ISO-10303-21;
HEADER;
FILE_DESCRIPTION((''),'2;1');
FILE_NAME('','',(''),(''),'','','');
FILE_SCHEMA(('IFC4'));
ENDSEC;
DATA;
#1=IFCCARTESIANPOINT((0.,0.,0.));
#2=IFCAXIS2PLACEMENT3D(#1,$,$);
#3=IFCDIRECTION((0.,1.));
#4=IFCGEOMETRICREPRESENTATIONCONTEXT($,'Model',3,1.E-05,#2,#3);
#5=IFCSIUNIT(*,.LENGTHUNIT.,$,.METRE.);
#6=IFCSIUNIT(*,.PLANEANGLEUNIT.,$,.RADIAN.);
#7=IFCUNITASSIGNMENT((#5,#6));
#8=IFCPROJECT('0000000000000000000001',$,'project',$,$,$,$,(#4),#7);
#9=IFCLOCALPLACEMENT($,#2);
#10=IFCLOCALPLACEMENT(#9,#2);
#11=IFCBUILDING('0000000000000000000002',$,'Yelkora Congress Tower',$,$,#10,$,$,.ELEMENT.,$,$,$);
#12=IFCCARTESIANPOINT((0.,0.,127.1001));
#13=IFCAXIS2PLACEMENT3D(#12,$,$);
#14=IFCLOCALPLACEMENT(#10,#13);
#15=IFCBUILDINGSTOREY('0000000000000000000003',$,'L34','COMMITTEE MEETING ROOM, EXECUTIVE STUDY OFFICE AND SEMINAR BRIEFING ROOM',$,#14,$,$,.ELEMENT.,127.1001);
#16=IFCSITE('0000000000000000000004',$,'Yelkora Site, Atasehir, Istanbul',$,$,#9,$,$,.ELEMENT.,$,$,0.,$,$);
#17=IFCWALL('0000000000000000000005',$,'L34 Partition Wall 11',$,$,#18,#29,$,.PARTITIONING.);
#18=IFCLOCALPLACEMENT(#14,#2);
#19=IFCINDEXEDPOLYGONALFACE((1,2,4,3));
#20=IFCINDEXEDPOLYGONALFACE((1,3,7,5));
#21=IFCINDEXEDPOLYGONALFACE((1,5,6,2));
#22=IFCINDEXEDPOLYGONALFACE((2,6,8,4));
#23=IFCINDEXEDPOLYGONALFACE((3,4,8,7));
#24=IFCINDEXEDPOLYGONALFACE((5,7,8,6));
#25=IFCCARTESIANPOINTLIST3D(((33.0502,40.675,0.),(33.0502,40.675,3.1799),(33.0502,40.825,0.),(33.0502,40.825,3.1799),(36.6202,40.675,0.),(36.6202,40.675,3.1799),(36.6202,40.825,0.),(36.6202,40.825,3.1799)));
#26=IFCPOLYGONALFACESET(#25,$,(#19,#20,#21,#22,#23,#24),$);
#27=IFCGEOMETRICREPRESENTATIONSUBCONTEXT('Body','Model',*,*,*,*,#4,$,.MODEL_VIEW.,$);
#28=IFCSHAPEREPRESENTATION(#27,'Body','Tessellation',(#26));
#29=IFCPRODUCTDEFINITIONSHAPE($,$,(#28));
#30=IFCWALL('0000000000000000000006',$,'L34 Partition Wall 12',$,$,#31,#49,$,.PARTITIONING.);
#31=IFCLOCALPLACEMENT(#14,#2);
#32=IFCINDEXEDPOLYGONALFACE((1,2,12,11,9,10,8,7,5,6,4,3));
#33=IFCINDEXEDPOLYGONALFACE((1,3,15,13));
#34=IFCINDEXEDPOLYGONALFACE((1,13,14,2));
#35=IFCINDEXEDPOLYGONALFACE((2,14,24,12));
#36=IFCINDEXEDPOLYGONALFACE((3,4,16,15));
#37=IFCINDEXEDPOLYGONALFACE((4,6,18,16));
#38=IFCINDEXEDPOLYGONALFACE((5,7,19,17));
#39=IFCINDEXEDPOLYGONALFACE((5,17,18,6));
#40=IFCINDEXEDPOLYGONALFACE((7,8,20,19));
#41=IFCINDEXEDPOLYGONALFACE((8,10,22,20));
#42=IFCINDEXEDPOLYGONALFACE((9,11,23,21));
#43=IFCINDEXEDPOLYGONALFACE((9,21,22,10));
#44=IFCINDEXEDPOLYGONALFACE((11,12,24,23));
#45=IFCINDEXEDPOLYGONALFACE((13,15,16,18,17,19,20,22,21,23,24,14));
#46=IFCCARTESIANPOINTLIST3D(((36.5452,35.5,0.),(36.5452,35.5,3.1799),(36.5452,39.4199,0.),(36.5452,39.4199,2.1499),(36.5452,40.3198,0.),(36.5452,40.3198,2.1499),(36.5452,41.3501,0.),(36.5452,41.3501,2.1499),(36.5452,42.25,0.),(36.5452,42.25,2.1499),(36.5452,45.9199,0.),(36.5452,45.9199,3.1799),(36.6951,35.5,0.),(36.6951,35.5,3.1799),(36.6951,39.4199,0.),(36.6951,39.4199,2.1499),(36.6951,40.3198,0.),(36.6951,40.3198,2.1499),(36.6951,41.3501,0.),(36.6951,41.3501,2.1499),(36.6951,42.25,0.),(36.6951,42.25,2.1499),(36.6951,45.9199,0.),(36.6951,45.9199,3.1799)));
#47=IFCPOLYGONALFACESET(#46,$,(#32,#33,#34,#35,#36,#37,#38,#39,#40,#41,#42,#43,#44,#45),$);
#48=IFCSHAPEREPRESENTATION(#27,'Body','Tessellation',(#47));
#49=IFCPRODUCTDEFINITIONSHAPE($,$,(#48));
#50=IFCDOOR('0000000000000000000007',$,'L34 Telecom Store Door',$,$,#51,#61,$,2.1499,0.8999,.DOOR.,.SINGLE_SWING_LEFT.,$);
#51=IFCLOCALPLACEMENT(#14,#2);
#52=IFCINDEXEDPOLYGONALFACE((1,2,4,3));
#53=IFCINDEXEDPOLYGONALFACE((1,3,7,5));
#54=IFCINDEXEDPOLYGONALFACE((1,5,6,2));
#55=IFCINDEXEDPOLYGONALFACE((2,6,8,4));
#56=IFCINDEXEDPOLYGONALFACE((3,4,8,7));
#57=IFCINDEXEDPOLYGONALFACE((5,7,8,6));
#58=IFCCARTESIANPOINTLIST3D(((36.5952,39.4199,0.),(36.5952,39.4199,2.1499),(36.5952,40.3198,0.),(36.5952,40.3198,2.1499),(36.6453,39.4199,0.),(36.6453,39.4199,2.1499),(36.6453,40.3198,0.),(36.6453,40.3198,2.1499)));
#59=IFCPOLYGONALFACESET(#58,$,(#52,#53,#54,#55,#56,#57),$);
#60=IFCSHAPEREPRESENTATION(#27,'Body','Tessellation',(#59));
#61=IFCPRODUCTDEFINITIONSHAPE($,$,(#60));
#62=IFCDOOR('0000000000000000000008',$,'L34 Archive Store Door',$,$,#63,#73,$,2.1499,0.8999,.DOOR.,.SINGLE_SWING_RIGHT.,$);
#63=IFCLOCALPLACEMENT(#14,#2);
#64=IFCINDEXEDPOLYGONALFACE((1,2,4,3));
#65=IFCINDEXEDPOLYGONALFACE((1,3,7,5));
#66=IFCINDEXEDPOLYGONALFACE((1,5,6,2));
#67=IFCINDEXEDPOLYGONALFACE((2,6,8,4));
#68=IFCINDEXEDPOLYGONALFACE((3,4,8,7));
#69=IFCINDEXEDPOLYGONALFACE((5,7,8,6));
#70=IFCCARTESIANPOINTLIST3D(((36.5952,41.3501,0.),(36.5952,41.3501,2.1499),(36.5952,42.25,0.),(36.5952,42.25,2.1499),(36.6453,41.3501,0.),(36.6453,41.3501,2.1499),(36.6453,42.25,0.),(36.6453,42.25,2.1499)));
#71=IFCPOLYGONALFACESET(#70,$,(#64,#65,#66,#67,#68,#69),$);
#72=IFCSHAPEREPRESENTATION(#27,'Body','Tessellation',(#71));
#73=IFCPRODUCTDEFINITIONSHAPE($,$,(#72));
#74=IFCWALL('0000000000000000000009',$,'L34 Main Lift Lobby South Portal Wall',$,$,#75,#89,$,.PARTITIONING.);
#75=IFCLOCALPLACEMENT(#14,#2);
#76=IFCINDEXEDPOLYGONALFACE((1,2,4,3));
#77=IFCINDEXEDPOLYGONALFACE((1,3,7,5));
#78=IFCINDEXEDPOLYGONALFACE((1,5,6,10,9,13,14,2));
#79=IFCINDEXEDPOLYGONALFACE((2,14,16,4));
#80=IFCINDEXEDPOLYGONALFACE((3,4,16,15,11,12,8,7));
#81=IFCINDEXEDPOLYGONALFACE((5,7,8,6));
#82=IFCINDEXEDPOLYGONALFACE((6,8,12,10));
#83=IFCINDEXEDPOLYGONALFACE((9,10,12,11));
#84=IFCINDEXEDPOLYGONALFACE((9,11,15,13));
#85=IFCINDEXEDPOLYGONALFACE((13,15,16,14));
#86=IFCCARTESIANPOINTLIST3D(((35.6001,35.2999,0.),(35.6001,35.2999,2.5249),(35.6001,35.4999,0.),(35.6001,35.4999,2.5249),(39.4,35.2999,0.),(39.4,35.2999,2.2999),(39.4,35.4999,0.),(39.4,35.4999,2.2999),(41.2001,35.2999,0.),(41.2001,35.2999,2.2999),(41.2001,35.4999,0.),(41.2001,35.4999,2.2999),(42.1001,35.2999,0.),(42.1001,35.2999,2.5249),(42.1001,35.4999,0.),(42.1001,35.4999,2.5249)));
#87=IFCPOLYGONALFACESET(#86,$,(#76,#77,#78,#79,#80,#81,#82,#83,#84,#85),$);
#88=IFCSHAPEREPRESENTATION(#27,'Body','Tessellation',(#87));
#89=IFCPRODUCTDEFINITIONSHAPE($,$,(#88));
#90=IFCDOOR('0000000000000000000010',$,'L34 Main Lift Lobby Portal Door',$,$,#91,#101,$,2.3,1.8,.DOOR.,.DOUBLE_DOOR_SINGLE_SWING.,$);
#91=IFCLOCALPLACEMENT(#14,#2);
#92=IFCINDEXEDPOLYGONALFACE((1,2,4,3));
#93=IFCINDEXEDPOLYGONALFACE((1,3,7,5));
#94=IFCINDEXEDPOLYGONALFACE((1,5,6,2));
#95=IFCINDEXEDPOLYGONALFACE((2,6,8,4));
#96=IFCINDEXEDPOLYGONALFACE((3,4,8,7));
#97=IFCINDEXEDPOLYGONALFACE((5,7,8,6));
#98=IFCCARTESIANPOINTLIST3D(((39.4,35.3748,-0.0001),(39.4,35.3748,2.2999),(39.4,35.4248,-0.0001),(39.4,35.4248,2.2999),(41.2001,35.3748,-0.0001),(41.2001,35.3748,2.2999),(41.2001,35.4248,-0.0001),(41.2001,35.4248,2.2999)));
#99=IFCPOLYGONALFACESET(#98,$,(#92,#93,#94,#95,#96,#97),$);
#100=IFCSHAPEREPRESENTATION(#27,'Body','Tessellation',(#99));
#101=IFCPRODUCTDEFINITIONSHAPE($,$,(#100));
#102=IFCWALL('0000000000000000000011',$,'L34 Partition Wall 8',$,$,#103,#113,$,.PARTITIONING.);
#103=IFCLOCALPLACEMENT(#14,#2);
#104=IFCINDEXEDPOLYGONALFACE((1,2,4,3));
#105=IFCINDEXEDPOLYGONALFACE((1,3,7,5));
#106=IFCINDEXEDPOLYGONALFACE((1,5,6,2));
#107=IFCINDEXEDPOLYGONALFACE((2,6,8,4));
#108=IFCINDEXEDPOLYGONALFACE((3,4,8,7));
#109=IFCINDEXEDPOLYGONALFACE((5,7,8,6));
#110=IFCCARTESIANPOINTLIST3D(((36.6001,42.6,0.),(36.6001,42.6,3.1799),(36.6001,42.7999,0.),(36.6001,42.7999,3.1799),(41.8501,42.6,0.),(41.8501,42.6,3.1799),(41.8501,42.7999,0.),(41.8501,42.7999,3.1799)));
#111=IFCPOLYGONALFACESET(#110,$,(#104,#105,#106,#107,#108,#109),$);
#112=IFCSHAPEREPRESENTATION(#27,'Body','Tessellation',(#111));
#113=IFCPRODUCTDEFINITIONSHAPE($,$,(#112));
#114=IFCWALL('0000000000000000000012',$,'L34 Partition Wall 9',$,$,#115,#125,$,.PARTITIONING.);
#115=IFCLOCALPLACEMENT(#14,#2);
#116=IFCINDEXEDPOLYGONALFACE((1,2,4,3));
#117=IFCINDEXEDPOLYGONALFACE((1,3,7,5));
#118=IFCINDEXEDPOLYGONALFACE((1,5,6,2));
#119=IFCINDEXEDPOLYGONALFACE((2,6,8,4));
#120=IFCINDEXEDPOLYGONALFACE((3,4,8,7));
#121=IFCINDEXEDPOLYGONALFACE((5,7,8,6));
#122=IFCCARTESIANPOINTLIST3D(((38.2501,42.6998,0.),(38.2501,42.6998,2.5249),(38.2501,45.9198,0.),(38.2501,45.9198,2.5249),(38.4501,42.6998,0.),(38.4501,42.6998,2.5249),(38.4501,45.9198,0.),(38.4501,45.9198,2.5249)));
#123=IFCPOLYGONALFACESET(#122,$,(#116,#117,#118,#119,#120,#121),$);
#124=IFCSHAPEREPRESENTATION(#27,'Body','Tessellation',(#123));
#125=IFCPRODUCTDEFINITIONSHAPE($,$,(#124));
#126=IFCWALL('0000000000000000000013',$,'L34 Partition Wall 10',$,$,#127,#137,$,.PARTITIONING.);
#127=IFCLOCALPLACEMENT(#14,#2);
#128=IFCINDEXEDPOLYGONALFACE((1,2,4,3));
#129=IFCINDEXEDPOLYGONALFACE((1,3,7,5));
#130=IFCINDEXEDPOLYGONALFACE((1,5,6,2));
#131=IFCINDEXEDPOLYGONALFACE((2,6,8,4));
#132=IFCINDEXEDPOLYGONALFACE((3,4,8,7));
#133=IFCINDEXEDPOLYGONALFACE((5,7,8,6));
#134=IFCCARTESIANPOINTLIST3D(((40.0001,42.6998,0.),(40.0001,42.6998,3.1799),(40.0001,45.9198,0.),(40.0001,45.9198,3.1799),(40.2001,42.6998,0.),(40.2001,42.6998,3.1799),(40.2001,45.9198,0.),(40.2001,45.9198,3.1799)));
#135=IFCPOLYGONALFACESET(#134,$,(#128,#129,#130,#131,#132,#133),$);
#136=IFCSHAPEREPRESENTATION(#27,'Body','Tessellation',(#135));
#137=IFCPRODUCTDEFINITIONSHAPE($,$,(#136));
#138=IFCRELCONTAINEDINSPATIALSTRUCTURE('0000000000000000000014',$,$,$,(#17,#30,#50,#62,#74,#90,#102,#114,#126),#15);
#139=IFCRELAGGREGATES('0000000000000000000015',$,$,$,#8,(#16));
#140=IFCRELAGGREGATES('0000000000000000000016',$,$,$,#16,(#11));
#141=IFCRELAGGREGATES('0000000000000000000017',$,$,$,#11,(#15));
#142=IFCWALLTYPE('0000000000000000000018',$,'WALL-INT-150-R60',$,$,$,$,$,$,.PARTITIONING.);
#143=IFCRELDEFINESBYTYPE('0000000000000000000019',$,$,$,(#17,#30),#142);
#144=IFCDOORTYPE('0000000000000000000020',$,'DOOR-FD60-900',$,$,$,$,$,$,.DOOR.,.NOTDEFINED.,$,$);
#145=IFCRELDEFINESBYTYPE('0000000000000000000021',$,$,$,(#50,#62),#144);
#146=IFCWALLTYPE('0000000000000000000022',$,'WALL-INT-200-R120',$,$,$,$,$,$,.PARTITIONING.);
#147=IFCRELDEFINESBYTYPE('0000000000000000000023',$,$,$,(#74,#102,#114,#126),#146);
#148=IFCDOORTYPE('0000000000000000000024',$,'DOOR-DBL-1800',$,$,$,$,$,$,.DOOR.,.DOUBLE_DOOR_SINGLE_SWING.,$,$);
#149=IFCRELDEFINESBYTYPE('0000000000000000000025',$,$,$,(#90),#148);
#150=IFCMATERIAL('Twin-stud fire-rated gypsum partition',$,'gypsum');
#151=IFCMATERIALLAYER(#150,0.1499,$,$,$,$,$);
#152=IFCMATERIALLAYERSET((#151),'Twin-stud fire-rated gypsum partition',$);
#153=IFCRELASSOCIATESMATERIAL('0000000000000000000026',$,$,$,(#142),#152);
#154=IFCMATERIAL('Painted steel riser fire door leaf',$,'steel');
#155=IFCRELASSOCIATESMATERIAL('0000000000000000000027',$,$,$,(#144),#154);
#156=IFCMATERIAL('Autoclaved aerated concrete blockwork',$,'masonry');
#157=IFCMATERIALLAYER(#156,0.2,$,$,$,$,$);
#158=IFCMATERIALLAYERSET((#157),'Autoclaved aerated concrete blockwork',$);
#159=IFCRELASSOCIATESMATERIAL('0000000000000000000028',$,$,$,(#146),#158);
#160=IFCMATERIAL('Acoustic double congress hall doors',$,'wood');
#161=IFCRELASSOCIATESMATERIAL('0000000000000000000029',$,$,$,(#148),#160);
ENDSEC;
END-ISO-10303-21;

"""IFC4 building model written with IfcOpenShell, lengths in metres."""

from ifc_helpers import new_model, si_unit, direction, frame, frame_2d, origin, place, context, subcontext, project, spatial, rectangle, extrude, material, layer, layer_set, type_object, element, fill, save


model = new_model("IFC4")

# Units and contexts
model_context = context("Model", 3, precision=1e-05, world=origin(), true_north=direction((0.0, 1.0)))
body_context = subcontext(model_context, "Body", "Model", "MODEL_VIEW")
ifc_project = project(units=[si_unit("LENGTHUNIT", "METRE"), si_unit("PLANEANGLEUNIT", "RADIAN")], contexts=[model_context])

# Site, building, storey
site_placement = place(None, origin())
site = spatial("IfcSite", under=ifc_project, at=site_placement, Name="Yelkora Site, Atasehir, Istanbul", CompositionType="ELEMENT", RefElevation=0.0)
building_placement = place(site_placement, origin())
building = spatial("IfcBuilding", under=site, at=building_placement, Name="Yelkora Congress Tower", CompositionType="ELEMENT")
storey_placement = place(building_placement, frame((0.0, 0.0, 127.1001)))
storey = spatial("IfcBuildingStorey", under=building, at=storey_placement, Name="L34", Description="COMMITTEE MEETING ROOM, EXECUTIVE STUDY OFFICE AND SEMINAR BRIEFING ROOM", CompositionType="ELEMENT", Elevation=127.1001)

# Wall
ifc_material_1 = material(Name="Twin-stud fire-rated gypsum partition", Category="gypsum")
ifc_layer_1 = layer(ifc_material_1, 0.1499)
ifc_layer_set_1 = layer_set([ifc_layer_1], Name="Twin-stud fire-rated gypsum partition")
wall_type_1 = type_object("IfcWallType", Name="WALL-INT-150-R60", PredefinedType="PARTITIONING", material=ifc_layer_set_1)
wall_1_placement = place(storey_placement, frame((33.05, 40.75, 0.0), z_axis=(0.0, 0.0, 1.0), x_axis=(1.0, 0.0, 0.0)))
element("IfcWall", 1, at=wall_1_placement, inside=storey, type_object=wall_type_1, Name="L34 Partition Wall 11", PredefinedType="PARTITIONING", context=body_context, shape_type="SweptSolid", body=[
    extrude(rectangle(XDim=3.5701, YDim=0.1499, at=frame_2d((1.7852, 0.0))), origin(), (0.0, 0.0, 1.0), 3.1799),
])

# Wall, openings, doors
wall_2_placement = place(storey_placement, frame((36.6201, 35.5, 0.0), z_axis=(0.0, 0.0, 1.0), x_axis=(0.0, 1.0, 0.0)))
wall_2 = element("IfcWall", 2, at=wall_2_placement, inside=storey, type_object=wall_type_1, Name="L34 Partition Wall 12", PredefinedType="PARTITIONING", context=body_context, shape_type="SweptSolid", body=[
    extrude(rectangle(XDim=10.4199, YDim=0.1499, at=frame_2d((5.21, 0.0))), origin(), (0.0, 0.0, 1.0), 3.1799),
])
opening_1_placement = place(wall_2_placement, frame((3.9199, 0.0, 0.0)))
opening_1 = element("IfcOpeningElement", 3, at=opening_1_placement, cuts=wall_2, PredefinedType="OPENING", context=body_context, shape_type="SweptSolid", body=[
    extrude(rectangle(XDim=0.8999, YDim=2.1499, at=frame_2d((0.45, 1.075))), frame((0.0, 0.085, 0.0), z_axis=(0.0, -1.0, 0.0), x_axis=(1.0, 0.0, 0.0)), (0.0, 0.0, 1.0), 0.1699),
])
opening_2_placement = place(wall_2_placement, frame((5.8501, 0.0, 0.0)))
opening_2 = element("IfcOpeningElement", 4, at=opening_2_placement, cuts=wall_2, PredefinedType="OPENING", context=body_context, shape_type="SweptSolid", body=[
    extrude(rectangle(XDim=0.8999, YDim=2.1499, at=frame_2d((0.45, 1.075))), frame((0.0, 0.085, 0.0), z_axis=(0.0, -1.0, 0.0), x_axis=(1.0, 0.0, 0.0)), (0.0, 0.0, 1.0), 0.1699),
])
ifc_material_2 = material(Name="Painted steel riser fire door leaf", Category="steel")
door_type_1 = type_object("IfcDoorType", Name="DOOR-FD60-900", OperationType="NOTDEFINED", PredefinedType="DOOR", material=ifc_material_2)
door_1_placement = place(opening_1_placement, origin())
door_1 = element("IfcDoor", 5, at=door_1_placement, inside=storey, type_object=door_type_1, Name="L34 Telecom Store Door", OperationType="SINGLE_SWING_LEFT", OverallHeight=2.1499, OverallWidth=0.8999, PredefinedType="DOOR", context=body_context, shape_type="SweptSolid", body=[
    extrude(rectangle(XDim=0.8999, YDim=2.1499, at=frame_2d((0.45, 1.075))), frame((0.0, 0.0249, 0.0), z_axis=(0.0, -1.0, 0.0), x_axis=(1.0, 0.0, 0.0)), (0.0, 0.0, 1.0), 0.05),
])
fill(opening_1, door_1)
door_2_placement = place(opening_2_placement, origin())
door_2 = element("IfcDoor", 6, at=door_2_placement, inside=storey, type_object=door_type_1, Name="L34 Archive Store Door", OperationType="SINGLE_SWING_RIGHT", OverallHeight=2.1499, OverallWidth=0.8999, PredefinedType="DOOR", context=body_context, shape_type="SweptSolid", body=[
    extrude(rectangle(XDim=0.8999, YDim=2.1499, at=frame_2d((0.45, 1.075))), frame((0.0, 0.0249, 0.0), z_axis=(0.0, -1.0, 0.0), x_axis=(1.0, 0.0, 0.0)), (0.0, 0.0, 1.0), 0.05),
])
fill(opening_2, door_2)

# Wall, opening, door
ifc_material_3 = material(Name="Autoclaved aerated concrete blockwork", Category="masonry")
ifc_layer_2 = layer(ifc_material_3, 0.2)
ifc_layer_set_2 = layer_set([ifc_layer_2], Name="Autoclaved aerated concrete blockwork")
wall_type_2 = type_object("IfcWallType", Name="WALL-INT-200-R120", PredefinedType="PARTITIONING", material=ifc_layer_set_2)
wall_3_placement = place(storey_placement, frame((35.6001, 35.3999, 0.0), z_axis=(0.0, 0.0, 1.0), x_axis=(1.0, 0.0, 0.0)))
wall_3 = element("IfcWall", 7, at=wall_3_placement, inside=storey, type_object=wall_type_2, Name="L34 Main Lift Lobby South Portal Wall", PredefinedType="PARTITIONING", context=body_context, shape_type="SweptSolid", body=[
    extrude(rectangle(XDim=6.5, YDim=0.2, at=frame_2d((3.25, 0.0))), origin(), (0.0, 0.0, 1.0), 2.5249),
])
opening_3_placement = place(wall_3_placement, frame((3.8, 0.0, 0.0)))
opening_3 = element("IfcOpeningElement", 8, at=opening_3_placement, cuts=wall_3, PredefinedType="OPENING", context=body_context, shape_type="SweptSolid", body=[
    extrude(rectangle(XDim=1.8, YDim=2.3, at=frame_2d((0.8999, 1.1499))), frame((0.0, 0.1099, 0.0), z_axis=(0.0, -1.0, 0.0), x_axis=(1.0, 0.0, 0.0)), (0.0, 0.0, 1.0), 0.22),
])
ifc_material_4 = material(Name="Acoustic double congress hall doors", Category="wood")
door_type_2 = type_object("IfcDoorType", Name="DOOR-DBL-1800", OperationType="DOUBLE_DOOR_SINGLE_SWING", PredefinedType="DOOR", material=ifc_material_4)
door_3_placement = place(opening_3_placement, origin())
door_3 = element("IfcDoor", 9, at=door_3_placement, inside=storey, type_object=door_type_2, Name="L34 Main Lift Lobby Portal Door", OperationType="DOUBLE_DOOR_SINGLE_SWING", OverallHeight=2.3, OverallWidth=1.8, PredefinedType="DOOR", context=body_context, shape_type="SweptSolid", body=[
    extrude(rectangle(XDim=1.8, YDim=2.3, at=frame_2d((0.8999, 1.1499))), frame((0.0, 0.0249, 0.0), z_axis=(0.0, -1.0, 0.0), x_axis=(1.0, 0.0, 0.0)), (0.0, 0.0, 1.0), 0.05),
])
fill(opening_3, door_3)

# Walls
wall_4_placement = place(storey_placement, frame((36.6001, 42.7, 0.0), z_axis=(0.0, 0.0, 1.0), x_axis=(1.0, 0.0, 0.0)))
element("IfcWall", 10, at=wall_4_placement, inside=storey, type_object=wall_type_2, Name="L34 Partition Wall 8", PredefinedType="PARTITIONING", context=body_context, shape_type="SweptSolid", body=[
    extrude(rectangle(XDim=5.25, YDim=0.2, at=frame_2d((2.625, 0.0))), origin(), (0.0, 0.0, 1.0), 3.1799),
])
wall_5_placement = place(storey_placement, frame((38.3501, 42.7, 0.0), z_axis=(0.0, 0.0, 1.0), x_axis=(0.0, 1.0, 0.0)))
element("IfcWall", 11, at=wall_5_placement, inside=storey, type_object=wall_type_2, Name="L34 Partition Wall 9", PredefinedType="PARTITIONING", context=body_context, shape_type="SweptSolid", body=[
    extrude(rectangle(XDim=3.22, YDim=0.2, at=frame_2d((1.6099, 0.0))), origin(), (0.0, 0.0, 1.0), 2.5249),
])
wall_6_placement = place(storey_placement, frame((40.1001, 42.7, 0.0), z_axis=(0.0, 0.0, 1.0), x_axis=(0.0, 1.0, 0.0)))
element("IfcWall", 12, at=wall_6_placement, inside=storey, type_object=wall_type_2, Name="L34 Partition Wall 10", PredefinedType="PARTITIONING", context=body_context, shape_type="SweptSolid", body=[
    extrude(rectangle(XDim=3.22, YDim=0.2, at=frame_2d((1.6099, 0.0))), origin(), (0.0, 0.0, 1.0), 3.1799),
])

save(model, "model.ifc")
